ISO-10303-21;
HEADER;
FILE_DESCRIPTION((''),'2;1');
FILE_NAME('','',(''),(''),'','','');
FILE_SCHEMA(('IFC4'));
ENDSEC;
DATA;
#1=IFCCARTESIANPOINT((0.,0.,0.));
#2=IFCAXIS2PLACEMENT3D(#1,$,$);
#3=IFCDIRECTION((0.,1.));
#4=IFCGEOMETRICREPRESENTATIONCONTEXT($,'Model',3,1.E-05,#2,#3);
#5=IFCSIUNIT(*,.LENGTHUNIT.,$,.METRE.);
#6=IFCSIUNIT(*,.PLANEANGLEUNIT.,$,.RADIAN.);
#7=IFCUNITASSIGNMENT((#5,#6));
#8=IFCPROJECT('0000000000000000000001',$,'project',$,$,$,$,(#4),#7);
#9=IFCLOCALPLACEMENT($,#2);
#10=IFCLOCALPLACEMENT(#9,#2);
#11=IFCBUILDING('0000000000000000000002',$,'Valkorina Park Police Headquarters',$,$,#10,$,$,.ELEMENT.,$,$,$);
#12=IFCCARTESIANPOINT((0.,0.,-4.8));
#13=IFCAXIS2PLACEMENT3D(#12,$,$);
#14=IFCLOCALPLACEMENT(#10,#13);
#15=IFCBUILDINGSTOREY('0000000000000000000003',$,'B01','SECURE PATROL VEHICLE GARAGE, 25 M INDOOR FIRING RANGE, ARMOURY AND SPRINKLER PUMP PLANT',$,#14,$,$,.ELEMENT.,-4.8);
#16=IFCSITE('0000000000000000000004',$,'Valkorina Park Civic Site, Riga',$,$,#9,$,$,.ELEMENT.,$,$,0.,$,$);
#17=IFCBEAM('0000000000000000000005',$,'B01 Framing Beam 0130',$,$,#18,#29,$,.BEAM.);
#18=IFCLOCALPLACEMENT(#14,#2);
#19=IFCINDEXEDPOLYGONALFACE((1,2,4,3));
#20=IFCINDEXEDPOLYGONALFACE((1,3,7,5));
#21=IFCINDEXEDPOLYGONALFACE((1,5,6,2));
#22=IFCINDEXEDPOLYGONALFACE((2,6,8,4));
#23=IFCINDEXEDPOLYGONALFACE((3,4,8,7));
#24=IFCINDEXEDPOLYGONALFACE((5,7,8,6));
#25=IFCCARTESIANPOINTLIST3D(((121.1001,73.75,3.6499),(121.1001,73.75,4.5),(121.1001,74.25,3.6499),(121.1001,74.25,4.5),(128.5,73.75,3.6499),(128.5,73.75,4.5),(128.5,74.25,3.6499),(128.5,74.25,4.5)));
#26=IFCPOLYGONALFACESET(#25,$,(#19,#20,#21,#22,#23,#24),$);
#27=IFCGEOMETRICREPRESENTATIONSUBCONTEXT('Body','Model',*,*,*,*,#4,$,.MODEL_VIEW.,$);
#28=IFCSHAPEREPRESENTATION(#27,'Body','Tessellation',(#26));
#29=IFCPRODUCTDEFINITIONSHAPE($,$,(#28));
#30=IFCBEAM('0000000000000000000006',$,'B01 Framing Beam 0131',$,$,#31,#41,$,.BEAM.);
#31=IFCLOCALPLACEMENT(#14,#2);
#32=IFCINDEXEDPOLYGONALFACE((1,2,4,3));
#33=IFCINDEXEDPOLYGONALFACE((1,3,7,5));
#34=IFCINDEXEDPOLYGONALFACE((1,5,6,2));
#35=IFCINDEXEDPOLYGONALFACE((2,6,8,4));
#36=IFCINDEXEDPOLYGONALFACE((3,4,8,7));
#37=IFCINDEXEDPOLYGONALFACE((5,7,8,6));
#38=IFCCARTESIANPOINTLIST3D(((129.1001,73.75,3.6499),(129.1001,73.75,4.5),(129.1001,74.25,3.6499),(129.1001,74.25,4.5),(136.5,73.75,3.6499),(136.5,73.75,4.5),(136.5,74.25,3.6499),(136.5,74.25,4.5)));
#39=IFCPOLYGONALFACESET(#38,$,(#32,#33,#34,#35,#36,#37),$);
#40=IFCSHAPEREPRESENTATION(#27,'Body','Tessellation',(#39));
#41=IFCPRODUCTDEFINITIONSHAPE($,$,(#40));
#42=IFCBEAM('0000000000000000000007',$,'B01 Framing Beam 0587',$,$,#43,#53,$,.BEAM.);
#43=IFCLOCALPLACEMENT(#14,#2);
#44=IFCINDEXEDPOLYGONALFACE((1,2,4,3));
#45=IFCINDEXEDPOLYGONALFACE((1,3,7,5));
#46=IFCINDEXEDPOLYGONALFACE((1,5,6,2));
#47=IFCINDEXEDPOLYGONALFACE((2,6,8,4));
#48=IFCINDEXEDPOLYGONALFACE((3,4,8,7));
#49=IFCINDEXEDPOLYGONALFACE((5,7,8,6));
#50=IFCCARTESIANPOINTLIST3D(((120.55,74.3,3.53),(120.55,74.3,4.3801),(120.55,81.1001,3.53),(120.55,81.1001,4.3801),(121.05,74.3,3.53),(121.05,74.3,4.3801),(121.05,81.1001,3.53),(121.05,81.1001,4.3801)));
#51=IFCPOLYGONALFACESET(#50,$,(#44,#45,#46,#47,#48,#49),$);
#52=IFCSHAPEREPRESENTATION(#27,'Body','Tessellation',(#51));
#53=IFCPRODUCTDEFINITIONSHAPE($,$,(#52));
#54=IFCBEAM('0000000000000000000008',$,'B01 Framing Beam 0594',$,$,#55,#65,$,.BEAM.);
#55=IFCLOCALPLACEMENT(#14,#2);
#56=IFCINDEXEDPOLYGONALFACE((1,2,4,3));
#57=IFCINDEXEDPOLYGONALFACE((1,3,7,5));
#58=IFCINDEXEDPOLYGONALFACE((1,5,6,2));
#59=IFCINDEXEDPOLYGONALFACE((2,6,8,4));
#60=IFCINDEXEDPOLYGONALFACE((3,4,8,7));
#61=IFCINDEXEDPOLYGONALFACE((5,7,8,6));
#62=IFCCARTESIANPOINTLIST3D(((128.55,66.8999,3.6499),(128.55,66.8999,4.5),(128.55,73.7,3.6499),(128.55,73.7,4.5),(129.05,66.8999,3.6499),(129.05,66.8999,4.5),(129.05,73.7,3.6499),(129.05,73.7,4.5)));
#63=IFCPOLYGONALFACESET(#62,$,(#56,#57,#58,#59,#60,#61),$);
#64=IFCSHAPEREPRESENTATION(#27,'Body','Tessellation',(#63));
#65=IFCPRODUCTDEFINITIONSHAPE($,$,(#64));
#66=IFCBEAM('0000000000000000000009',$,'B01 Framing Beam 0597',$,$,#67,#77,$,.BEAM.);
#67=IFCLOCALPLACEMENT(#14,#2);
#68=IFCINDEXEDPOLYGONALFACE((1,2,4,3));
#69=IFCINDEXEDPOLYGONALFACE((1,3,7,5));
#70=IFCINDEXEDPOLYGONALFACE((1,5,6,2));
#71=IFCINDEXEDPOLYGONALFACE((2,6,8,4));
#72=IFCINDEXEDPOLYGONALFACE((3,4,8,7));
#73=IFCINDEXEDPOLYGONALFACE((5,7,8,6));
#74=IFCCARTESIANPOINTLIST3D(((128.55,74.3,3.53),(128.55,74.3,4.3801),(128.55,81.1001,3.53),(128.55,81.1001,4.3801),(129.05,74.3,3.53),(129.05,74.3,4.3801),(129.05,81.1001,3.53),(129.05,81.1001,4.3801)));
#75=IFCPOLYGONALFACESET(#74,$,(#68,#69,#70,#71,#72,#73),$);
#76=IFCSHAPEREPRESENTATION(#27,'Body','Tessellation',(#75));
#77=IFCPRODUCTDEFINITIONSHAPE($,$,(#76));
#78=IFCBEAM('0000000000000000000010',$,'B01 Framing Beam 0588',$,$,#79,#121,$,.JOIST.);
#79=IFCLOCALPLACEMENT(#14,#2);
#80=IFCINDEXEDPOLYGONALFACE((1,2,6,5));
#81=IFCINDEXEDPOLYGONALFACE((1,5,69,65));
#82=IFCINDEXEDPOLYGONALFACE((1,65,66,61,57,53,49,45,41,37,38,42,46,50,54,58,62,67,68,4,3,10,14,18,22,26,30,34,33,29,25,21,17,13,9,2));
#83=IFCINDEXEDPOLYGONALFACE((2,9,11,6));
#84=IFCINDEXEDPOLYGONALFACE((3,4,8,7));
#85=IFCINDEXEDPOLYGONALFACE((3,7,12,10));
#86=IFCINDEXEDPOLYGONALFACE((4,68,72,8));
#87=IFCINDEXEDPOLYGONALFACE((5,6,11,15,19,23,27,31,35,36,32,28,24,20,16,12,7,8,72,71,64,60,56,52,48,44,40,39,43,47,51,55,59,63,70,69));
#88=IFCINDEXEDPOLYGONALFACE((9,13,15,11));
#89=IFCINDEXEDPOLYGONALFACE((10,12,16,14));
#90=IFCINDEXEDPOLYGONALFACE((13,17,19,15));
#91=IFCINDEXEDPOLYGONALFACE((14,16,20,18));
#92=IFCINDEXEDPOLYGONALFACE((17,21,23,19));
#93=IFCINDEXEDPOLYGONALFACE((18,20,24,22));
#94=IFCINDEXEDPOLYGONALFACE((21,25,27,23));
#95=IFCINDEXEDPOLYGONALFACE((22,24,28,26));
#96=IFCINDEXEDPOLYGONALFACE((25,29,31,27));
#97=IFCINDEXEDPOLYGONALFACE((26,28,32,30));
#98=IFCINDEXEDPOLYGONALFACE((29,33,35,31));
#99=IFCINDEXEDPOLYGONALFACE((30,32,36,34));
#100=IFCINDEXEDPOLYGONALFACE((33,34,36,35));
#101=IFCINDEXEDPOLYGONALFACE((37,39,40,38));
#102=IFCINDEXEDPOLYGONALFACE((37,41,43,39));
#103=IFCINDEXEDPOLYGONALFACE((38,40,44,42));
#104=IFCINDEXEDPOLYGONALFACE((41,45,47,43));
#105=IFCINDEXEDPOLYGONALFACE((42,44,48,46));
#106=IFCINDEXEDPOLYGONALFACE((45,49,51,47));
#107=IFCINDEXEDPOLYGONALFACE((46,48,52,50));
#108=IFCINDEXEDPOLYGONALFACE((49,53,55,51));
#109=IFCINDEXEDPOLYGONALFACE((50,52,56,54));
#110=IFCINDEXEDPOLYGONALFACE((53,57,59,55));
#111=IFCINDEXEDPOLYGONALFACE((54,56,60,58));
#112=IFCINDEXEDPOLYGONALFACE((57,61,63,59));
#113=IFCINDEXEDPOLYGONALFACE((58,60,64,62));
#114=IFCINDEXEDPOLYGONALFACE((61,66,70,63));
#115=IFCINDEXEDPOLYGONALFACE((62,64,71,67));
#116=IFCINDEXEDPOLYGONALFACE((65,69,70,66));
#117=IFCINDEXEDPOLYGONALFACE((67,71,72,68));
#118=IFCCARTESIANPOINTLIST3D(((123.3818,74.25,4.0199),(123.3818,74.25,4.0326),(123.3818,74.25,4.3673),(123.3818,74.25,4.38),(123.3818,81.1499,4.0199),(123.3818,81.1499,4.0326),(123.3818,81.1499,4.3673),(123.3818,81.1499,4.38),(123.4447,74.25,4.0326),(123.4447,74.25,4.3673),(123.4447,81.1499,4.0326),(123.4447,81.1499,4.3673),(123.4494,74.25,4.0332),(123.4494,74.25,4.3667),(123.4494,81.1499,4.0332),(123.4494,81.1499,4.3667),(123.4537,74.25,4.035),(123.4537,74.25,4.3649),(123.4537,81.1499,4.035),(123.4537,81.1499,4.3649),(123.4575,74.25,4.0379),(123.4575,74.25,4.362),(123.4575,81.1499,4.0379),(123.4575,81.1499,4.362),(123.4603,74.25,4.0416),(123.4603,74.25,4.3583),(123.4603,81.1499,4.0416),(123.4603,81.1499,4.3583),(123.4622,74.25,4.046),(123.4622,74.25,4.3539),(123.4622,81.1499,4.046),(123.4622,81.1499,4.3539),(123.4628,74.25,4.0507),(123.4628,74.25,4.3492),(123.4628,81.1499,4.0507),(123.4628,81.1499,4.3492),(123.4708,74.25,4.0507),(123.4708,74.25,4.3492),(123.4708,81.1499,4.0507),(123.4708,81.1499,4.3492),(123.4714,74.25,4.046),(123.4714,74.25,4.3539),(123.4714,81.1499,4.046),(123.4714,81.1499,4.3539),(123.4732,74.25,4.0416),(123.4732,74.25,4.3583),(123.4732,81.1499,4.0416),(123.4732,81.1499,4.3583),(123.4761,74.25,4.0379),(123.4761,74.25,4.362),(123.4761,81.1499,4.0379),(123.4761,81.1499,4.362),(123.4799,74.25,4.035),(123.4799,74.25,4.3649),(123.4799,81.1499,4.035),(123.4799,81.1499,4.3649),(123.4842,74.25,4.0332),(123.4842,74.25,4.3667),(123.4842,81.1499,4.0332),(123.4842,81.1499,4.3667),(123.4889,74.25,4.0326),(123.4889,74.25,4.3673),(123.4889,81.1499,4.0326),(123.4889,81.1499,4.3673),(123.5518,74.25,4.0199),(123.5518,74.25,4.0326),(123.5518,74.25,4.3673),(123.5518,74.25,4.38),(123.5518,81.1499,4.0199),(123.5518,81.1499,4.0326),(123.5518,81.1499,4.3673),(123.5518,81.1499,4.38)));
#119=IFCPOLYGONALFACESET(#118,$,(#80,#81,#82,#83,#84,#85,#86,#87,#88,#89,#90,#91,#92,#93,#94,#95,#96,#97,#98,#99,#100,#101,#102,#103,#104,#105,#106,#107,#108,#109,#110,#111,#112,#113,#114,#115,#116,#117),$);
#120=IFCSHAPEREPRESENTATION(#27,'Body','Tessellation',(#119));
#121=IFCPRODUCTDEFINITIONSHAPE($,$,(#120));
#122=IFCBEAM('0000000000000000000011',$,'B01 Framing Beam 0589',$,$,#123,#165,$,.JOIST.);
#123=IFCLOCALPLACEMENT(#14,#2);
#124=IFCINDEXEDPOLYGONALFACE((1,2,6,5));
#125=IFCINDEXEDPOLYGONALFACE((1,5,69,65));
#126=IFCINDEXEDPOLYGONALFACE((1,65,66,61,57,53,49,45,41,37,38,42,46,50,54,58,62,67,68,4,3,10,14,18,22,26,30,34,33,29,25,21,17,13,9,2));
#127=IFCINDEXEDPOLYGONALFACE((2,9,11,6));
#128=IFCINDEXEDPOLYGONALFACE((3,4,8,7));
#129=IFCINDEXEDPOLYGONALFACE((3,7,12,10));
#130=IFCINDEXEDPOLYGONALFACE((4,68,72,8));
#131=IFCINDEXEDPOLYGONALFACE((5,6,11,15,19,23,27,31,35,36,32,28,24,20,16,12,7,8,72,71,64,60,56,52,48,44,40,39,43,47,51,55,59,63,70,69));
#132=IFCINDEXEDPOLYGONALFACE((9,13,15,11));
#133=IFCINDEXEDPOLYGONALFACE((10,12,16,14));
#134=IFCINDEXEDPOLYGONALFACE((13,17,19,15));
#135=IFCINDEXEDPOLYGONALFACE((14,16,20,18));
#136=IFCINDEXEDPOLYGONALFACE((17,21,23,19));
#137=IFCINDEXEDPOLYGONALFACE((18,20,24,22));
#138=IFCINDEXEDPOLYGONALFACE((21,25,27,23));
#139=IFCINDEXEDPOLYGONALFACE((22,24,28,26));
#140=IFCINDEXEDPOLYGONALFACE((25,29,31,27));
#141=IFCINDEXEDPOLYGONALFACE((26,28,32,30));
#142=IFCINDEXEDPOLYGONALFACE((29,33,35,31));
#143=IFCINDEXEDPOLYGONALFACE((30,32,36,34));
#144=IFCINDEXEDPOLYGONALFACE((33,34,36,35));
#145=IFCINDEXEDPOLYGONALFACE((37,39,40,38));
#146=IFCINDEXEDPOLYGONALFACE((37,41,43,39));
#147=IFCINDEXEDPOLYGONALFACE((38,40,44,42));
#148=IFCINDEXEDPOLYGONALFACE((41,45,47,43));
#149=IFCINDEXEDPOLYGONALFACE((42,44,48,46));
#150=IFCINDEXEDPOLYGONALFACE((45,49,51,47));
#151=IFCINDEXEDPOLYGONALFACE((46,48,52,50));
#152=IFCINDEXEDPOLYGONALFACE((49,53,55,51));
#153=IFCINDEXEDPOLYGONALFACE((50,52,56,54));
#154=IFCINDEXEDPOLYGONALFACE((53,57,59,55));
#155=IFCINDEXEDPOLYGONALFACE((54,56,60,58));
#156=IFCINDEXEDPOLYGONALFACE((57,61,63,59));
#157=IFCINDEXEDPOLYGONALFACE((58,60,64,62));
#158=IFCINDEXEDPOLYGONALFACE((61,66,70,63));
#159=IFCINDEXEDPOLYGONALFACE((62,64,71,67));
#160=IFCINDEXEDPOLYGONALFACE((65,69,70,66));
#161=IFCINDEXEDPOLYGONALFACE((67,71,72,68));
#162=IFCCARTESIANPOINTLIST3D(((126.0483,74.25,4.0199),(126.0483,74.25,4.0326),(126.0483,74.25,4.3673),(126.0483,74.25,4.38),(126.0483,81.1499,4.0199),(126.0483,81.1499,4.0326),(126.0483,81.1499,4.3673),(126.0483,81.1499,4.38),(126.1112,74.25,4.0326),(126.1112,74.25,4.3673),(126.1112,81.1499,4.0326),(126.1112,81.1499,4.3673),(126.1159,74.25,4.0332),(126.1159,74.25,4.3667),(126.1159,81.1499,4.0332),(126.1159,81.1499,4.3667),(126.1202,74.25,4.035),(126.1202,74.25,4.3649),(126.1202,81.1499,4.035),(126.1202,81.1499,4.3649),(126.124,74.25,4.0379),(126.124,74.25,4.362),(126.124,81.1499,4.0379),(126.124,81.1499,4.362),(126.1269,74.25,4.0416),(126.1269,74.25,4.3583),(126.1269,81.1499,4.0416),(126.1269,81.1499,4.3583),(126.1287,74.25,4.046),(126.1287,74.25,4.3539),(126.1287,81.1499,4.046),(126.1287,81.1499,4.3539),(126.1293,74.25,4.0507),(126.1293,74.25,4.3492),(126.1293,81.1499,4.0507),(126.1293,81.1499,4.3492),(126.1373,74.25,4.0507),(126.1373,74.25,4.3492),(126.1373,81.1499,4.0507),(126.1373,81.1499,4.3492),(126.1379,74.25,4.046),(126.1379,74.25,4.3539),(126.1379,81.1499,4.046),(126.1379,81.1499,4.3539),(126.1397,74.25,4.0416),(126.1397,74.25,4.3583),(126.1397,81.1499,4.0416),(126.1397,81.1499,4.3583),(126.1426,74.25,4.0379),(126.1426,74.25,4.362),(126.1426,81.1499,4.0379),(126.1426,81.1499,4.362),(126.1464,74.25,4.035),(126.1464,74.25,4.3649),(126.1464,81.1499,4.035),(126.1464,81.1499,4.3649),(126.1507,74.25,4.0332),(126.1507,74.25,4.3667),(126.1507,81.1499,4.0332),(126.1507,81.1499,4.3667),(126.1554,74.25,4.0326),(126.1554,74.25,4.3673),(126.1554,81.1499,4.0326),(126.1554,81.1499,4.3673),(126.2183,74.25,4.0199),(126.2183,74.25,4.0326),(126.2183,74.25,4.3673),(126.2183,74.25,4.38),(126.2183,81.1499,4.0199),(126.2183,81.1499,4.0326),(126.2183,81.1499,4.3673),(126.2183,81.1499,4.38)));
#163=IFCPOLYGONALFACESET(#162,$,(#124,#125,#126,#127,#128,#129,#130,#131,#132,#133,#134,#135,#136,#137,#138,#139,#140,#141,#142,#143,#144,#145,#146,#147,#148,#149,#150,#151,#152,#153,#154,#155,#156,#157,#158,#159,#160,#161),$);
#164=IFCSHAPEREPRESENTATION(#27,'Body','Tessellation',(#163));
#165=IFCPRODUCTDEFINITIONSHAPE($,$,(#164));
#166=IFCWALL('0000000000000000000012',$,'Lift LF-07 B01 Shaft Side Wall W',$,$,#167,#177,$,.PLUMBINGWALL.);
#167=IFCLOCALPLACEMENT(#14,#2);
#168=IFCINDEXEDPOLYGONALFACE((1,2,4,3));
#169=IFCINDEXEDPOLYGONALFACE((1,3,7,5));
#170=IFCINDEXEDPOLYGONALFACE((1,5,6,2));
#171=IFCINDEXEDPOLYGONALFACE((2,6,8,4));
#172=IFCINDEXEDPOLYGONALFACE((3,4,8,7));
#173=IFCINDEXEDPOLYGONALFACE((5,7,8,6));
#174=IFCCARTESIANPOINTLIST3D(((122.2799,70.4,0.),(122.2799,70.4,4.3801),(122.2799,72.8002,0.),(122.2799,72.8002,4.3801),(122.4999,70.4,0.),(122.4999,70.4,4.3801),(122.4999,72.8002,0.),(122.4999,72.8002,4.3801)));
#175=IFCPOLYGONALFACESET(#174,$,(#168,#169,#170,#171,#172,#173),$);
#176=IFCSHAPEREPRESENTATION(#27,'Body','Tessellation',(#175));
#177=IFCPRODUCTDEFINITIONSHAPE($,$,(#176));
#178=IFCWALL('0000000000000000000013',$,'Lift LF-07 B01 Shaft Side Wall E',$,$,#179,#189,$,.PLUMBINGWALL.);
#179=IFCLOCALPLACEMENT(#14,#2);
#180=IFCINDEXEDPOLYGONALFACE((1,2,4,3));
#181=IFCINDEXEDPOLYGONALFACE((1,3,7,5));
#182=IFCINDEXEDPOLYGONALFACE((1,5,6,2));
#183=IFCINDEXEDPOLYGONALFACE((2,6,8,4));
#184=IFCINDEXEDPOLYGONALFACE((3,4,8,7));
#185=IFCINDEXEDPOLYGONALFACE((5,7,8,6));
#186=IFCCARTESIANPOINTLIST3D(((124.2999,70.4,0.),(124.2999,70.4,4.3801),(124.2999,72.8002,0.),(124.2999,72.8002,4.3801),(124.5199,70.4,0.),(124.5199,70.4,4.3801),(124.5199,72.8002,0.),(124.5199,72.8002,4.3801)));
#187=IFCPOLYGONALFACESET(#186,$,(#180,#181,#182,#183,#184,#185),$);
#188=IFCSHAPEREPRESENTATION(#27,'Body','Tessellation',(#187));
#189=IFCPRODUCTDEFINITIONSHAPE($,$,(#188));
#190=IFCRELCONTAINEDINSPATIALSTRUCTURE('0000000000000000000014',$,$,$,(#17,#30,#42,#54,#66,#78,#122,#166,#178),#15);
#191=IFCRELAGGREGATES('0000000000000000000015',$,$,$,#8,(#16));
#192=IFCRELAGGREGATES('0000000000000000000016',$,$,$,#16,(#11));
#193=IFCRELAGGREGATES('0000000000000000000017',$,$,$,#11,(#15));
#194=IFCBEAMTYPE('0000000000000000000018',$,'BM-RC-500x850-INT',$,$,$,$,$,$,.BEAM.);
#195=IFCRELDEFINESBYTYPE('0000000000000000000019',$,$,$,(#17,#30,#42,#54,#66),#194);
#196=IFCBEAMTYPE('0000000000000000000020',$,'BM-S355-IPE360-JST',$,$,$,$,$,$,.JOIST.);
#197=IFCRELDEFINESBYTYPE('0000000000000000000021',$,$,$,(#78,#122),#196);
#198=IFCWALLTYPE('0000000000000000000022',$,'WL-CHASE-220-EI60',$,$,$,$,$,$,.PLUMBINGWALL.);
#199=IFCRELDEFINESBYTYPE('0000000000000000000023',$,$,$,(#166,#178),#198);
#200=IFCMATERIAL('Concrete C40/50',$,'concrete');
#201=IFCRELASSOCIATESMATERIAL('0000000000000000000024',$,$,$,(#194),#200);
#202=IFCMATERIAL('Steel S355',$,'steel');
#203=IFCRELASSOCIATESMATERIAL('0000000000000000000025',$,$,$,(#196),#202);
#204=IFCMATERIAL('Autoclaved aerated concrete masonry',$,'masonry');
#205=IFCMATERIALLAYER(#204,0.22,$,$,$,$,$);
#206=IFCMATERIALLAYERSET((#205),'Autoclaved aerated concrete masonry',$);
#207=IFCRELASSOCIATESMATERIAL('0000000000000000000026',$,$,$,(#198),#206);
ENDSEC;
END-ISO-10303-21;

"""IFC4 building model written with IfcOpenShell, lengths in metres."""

from ifc_helpers import new_model, si_unit, direction, frame, frame_2d, origin, origin_2d, place, context, subcontext, project, spatial, rectangle, i_section, extrude, material, layer, layer_set, material_profile, profile_set, type_object, element, save


model = new_model("IFC4")

# Units and contexts
model_context = context("Model", 3, precision=1e-05, world=origin(), true_north=direction((0.0, 1.0)))
body_context = subcontext(model_context, "Body", "Model", "MODEL_VIEW")
ifc_project = project(units=[si_unit("LENGTHUNIT", "METRE"), si_unit("PLANEANGLEUNIT", "RADIAN")], contexts=[model_context])

# Site, building, storey
site_placement = place(None, origin())
site = spatial("IfcSite", under=ifc_project, at=site_placement, Name="Valkorina Park Civic Site, Riga", CompositionType="ELEMENT", RefElevation=0.0)
building_placement = place(site_placement, origin())
building = spatial("IfcBuilding", under=site, at=building_placement, Name="Valkorina Park Police Headquarters", CompositionType="ELEMENT")
storey_placement = place(building_placement, frame((0.0, 0.0, -4.8)))
storey = spatial("IfcBuildingStorey", under=building, at=storey_placement, Name="B01", Description="SECURE PATROL VEHICLE GARAGE, 25 M INDOOR FIRING RANGE, ARMOURY AND SPRINKLER PUMP PLANT", CompositionType="ELEMENT", Elevation=-4.8)

# Shared definitions
ifc_material_1 = material(Name="Concrete C40/50", Category="concrete")

# Beams
ifc_material_profile_1 = material_profile(ifc_material_1, rectangle(XDim=0.5, YDim=0.8501, at=origin_2d()), Name="RC BEAM 500x850")
ifc_profile_set_1 = profile_set([ifc_material_profile_1], Name="Concrete C40/50")
beam_type_1 = type_object("IfcBeamType", Name="BM-RC-500x850-INT", PredefinedType="BEAM", material=ifc_profile_set_1)
for number, where, z_axis, x_axis, name in (
    (1, (121.1001, 74.0, 4.075), (1.0, 0.0, 0.0), (0.0, 1.0, 0.0), "B01 Framing Beam 0130"),
    (2, (129.1001, 74.0, 4.075), (1.0, 0.0, 0.0), (0.0, 1.0, 0.0), "B01 Framing Beam 0131"),
):
    element("IfcBeam", number, at=place(storey_placement, frame(where, z_axis=z_axis, x_axis=x_axis)), inside=storey, type_object=beam_type_1, Name=name, PredefinedType="BEAM", context=body_context, shape_type="SweptSolid", body=[
        extrude(rectangle(XDim=0.5, YDim=0.8501, at=origin_2d()), origin(), (0.0, 0.0, 1.0), 7.3999),
    ])
for number, where, z_axis, x_axis, name in (
    (3, (120.8, 74.3, 3.9551), (0.0, 1.0, 0.0), (-1.0, 0.0, 0.0), "B01 Framing Beam 0587"),
    (4, (128.8, 66.8999, 4.075), (0.0, 1.0, 0.0), (-1.0, 0.0, 0.0), "B01 Framing Beam 0594"),
    (5, (128.8, 74.3, 3.9551), (0.0, 1.0, 0.0), (-1.0, 0.0, 0.0), "B01 Framing Beam 0597"),
):
    element("IfcBeam", number, at=place(storey_placement, frame(where, z_axis=z_axis, x_axis=x_axis)), inside=storey, type_object=beam_type_1, Name=name, PredefinedType="BEAM", context=body_context, shape_type="SweptSolid", body=[
        extrude(rectangle(XDim=0.5, YDim=0.8501, at=origin_2d()), origin(), (0.0, 0.0, 1.0), 6.8),
    ])
ifc_material_2 = material(Name="Steel S355", Category="steel")
ifc_material_profile_2 = material_profile(ifc_material_2, i_section(OverallWidth=0.1699, OverallDepth=0.3601, WebThickness=0.0081, FlangeThickness=0.0127, FilletRadius=0.0181, at=origin_2d()), Name="IPE 360")
ifc_profile_set_2 = profile_set([ifc_material_profile_2], Name="Steel S355")
beam_type_2 = type_object("IfcBeamType", Name="BM-S355-IPE360-JST", PredefinedType="JOIST", material=ifc_profile_set_2)
for number, where, z_axis, x_axis, name in (
    (6, (123.4668, 74.25, 4.2), (0.0, 1.0, 0.0), (-1.0, 0.0, 0.0), "B01 Framing Beam 0588"),
    (7, (126.1333, 74.25, 4.2), (0.0, 1.0, 0.0), (-1.0, 0.0, 0.0), "B01 Framing Beam 0589"),
):
    element("IfcBeam", number, at=place(storey_placement, frame(where, z_axis=z_axis, x_axis=x_axis)), inside=storey, type_object=beam_type_2, Name=name, PredefinedType="JOIST", context=body_context, shape_type="SweptSolid", body=[
        extrude(i_section(OverallWidth=0.1699, OverallDepth=0.3601, WebThickness=0.0081, FlangeThickness=0.0127, FilletRadius=0.0181, at=origin_2d()), origin(), (0.0, 0.0, 1.0), 6.8999),
    ])

# Shared definitions
ifc_material_3 = material(Name="Autoclaved aerated concrete masonry", Category="masonry")
ifc_layer_1 = layer(ifc_material_3, 0.22)
ifc_layer_set_1 = layer_set([ifc_layer_1], Name="Autoclaved aerated concrete masonry")
wall_type_1 = type_object("IfcWallType", Name="WL-CHASE-220-EI60", PredefinedType="PLUMBINGWALL", material=ifc_layer_set_1)

# Walls
for number, where, z_axis, x_axis, name in (
    (8, (122.3899, 70.3999, 0.0), (0.0, 0.0, 1.0), (0.0, 1.0, 0.0), "Lift LF-07 B01 Shaft Side Wall W"),
    (9, (124.4099, 70.3999, 0.0), (0.0, 0.0, 1.0), (0.0, 1.0, 0.0), "Lift LF-07 B01 Shaft Side Wall E"),
):
    element("IfcWall", number, at=place(storey_placement, frame(where, z_axis=z_axis, x_axis=x_axis)), inside=storey, type_object=wall_type_1, Name=name, PredefinedType="PLUMBINGWALL", context=body_context, shape_type="SweptSolid", body=[
        extrude(rectangle(XDim=2.4001, YDim=0.22, at=frame_2d((1.2002, 0.0))), origin(), (0.0, 0.0, 1.0), 4.3801),
    ])

save(model, "model.ifc")
